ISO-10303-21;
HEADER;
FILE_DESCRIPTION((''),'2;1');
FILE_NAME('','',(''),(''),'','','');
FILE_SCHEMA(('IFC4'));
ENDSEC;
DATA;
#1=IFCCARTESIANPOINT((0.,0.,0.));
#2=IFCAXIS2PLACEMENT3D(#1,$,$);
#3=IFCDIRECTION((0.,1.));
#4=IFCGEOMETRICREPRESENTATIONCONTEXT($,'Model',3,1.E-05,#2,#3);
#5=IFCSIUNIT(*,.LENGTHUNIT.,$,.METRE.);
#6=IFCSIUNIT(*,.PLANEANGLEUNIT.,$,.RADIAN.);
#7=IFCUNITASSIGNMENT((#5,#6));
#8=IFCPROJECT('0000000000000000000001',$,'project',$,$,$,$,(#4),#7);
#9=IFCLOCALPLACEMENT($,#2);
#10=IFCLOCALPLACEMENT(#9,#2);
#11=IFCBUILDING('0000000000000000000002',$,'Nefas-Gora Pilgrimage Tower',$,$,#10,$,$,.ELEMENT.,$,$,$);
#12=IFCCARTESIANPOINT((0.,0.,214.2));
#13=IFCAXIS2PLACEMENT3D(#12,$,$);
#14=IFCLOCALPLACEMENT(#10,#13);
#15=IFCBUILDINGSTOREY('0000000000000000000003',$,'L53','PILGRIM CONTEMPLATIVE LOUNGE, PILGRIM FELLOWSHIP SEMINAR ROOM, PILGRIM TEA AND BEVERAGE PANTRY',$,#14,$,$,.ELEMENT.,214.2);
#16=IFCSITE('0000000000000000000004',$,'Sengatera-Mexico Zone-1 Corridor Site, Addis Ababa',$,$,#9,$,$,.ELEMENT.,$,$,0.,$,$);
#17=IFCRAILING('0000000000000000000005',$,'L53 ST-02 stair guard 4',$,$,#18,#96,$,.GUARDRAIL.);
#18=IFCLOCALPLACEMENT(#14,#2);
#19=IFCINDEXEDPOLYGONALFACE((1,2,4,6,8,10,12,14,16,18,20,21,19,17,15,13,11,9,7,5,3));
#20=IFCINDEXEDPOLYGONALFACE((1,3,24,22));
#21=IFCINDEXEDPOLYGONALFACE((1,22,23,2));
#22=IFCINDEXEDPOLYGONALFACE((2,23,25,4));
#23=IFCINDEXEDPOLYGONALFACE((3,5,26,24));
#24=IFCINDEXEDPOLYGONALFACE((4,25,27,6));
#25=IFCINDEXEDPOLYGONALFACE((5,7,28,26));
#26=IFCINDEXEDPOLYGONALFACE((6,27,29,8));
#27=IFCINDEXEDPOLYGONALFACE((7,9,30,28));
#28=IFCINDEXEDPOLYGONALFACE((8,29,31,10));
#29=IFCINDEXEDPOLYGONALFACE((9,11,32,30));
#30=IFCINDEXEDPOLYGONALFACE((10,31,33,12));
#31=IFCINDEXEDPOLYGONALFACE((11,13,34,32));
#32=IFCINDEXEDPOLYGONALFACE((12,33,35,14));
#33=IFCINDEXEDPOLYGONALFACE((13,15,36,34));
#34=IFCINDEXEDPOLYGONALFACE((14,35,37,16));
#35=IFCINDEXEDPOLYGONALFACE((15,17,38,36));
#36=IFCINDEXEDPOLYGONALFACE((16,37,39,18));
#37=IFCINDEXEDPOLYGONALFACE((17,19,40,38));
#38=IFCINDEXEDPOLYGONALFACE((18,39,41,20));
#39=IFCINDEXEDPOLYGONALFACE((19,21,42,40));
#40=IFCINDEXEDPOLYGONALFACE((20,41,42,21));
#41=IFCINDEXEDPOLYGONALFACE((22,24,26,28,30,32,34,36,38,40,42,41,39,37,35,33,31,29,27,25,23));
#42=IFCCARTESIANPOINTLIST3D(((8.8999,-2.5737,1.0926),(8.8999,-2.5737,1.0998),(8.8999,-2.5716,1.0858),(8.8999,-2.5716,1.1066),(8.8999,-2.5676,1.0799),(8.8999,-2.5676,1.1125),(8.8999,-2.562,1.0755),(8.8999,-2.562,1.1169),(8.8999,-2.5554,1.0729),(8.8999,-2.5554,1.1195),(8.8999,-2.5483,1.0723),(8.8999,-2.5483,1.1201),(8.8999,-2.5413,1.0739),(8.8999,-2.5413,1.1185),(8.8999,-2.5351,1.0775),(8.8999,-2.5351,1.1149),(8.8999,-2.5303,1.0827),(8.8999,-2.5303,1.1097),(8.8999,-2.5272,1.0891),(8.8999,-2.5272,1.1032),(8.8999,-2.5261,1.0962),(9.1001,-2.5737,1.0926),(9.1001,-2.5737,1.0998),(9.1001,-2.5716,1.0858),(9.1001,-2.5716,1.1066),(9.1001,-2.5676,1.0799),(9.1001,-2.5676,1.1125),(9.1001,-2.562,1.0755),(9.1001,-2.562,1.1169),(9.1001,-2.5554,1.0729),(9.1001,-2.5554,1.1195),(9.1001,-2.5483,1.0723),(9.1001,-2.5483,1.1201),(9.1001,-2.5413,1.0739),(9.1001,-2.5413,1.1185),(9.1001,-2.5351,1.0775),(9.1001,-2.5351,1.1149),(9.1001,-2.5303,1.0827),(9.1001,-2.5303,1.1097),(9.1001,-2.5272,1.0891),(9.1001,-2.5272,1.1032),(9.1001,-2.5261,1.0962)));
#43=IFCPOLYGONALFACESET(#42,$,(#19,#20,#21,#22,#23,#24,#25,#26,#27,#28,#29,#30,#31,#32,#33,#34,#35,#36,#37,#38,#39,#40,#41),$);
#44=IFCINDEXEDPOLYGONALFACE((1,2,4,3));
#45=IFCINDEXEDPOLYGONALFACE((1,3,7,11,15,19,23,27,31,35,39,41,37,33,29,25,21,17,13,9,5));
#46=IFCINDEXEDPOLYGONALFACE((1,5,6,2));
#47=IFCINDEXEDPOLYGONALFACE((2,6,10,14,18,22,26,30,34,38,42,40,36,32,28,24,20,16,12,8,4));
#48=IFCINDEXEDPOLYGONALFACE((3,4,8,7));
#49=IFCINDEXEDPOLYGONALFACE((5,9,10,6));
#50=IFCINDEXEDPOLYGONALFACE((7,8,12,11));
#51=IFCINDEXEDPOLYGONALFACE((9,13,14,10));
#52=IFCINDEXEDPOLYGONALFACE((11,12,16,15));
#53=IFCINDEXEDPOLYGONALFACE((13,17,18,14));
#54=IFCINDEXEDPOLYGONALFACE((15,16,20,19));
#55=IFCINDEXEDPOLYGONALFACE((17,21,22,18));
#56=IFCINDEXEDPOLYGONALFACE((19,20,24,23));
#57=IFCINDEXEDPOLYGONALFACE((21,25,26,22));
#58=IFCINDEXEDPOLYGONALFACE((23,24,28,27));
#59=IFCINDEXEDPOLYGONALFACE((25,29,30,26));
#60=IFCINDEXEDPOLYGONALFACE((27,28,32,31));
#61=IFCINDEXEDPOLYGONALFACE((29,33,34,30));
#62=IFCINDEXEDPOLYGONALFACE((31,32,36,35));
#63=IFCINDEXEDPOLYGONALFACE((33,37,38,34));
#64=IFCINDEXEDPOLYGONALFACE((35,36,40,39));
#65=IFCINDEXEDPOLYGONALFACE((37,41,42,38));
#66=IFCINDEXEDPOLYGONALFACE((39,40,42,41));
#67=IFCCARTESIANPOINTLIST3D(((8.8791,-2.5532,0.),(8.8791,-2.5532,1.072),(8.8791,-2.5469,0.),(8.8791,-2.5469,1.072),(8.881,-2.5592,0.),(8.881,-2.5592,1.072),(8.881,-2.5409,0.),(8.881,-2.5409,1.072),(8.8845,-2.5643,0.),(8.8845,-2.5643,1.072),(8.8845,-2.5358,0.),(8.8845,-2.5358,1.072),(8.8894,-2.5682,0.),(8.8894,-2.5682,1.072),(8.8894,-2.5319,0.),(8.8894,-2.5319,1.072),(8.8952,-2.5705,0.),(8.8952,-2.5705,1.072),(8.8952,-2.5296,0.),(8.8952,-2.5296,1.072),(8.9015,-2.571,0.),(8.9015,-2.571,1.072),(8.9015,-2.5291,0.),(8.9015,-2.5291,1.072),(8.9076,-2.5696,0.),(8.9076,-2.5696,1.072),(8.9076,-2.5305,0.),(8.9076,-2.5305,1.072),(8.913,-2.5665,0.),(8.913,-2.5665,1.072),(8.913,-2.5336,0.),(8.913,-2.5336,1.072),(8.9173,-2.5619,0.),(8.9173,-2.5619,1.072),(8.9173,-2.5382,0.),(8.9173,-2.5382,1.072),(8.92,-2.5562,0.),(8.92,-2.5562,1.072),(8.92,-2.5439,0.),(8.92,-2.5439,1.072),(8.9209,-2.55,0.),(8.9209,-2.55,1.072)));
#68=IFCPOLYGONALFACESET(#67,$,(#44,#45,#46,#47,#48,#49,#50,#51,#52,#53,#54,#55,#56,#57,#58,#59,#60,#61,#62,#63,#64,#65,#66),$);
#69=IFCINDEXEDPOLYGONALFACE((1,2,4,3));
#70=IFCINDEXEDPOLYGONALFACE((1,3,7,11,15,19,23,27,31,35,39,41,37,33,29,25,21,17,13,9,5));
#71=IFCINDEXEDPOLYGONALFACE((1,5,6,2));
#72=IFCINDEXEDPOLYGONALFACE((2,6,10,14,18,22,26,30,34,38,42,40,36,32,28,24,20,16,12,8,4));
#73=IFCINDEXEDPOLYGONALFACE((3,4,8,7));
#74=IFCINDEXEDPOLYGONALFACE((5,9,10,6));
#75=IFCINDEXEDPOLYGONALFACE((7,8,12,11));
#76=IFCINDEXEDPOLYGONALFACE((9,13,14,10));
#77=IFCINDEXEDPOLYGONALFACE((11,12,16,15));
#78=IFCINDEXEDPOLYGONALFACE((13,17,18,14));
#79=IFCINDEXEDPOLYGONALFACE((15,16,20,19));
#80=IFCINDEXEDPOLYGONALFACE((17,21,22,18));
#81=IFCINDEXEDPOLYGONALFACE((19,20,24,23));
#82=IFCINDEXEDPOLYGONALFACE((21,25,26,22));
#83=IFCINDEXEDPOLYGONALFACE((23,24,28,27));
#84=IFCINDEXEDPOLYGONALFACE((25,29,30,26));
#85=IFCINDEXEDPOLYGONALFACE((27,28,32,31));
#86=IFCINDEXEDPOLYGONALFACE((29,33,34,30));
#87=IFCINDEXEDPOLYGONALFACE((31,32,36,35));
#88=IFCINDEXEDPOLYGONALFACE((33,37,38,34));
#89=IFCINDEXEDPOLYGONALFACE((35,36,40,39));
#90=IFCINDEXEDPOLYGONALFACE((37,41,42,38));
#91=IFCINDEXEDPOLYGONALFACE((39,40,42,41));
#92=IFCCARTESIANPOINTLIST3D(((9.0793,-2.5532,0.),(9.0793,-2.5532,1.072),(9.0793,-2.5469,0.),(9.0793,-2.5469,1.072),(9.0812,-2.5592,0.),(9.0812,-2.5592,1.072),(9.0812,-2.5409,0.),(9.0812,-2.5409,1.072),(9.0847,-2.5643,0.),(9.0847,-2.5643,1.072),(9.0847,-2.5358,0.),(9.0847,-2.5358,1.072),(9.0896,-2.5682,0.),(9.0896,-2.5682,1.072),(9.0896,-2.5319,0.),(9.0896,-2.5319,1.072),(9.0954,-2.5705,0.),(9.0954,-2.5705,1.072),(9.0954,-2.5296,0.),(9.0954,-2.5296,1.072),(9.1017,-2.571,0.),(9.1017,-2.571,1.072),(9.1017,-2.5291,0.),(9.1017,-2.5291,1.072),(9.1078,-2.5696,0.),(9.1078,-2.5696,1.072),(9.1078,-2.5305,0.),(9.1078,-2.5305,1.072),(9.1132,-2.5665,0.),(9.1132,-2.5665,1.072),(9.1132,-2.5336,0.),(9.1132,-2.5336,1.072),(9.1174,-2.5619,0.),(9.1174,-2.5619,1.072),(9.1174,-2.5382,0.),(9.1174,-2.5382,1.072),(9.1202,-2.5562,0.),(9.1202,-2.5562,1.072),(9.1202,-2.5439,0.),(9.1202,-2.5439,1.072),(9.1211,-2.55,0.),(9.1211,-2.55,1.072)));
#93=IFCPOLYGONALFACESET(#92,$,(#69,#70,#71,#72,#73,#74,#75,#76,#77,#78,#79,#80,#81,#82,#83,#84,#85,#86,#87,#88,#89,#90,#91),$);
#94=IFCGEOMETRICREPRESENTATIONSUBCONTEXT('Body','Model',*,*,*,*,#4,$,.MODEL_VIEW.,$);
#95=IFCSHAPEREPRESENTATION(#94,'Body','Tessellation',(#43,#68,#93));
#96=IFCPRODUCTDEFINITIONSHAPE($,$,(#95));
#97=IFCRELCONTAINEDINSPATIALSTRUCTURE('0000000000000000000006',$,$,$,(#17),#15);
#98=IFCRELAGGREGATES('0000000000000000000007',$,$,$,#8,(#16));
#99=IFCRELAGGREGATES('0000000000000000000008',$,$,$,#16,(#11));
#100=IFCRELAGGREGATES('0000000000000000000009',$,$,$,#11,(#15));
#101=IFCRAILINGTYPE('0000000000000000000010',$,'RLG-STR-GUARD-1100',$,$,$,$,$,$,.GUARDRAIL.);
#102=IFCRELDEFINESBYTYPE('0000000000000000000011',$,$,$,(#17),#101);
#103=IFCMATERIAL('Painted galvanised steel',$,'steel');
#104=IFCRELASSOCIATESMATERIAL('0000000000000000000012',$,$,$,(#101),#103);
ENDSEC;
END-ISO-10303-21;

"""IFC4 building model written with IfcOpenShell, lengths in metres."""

from ifc_helpers import new_model, si_unit, direction, frame, origin, origin_2d, place, context, subcontext, project, spatial, circle, extrude, material, type_object, element, save


model = new_model("IFC4")

# Units and contexts
model_context = context("Model", 3, precision=1e-05, world=origin(), true_north=direction((0.0, 1.0)))
body_context = subcontext(model_context, "Body", "Model", "MODEL_VIEW")
ifc_project = project(units=[si_unit("LENGTHUNIT", "METRE"), si_unit("PLANEANGLEUNIT", "RADIAN")], contexts=[model_context])

# Site, building, storey
site_placement = place(None, origin())
site = spatial("IfcSite", under=ifc_project, at=site_placement, Name="Sengatera-Mexico Zone-1 Corridor Site, Addis Ababa", CompositionType="ELEMENT", RefElevation=0.0)
building_placement = place(site_placement, origin())
building = spatial("IfcBuilding", under=site, at=building_placement, Name="Nefas-Gora Pilgrimage Tower", CompositionType="ELEMENT")
storey_placement = place(building_placement, frame((0.0, 0.0, 214.2)))
storey = spatial("IfcBuildingStorey", under=building, at=storey_placement, Name="L53", Description="PILGRIM CONTEMPLATIVE LOUNGE, PILGRIM FELLOWSHIP SEMINAR ROOM, PILGRIM TEA AND BEVERAGE PANTRY", CompositionType="ELEMENT", Elevation=214.2)

# Railing
ifc_material_1 = material(Name="Painted galvanised steel", Category="steel")
railing_type_1 = type_object("IfcRailingType", Name="RLG-STR-GUARD-1100", PredefinedType="GUARDRAIL", material=ifc_material_1)
railing_1_placement = place(storey_placement, frame((8.8999, -2.55, 0.0)))
element("IfcRailing", 1, at=railing_1_placement, inside=storey, type_object=railing_type_1, Name="L53 ST-02 stair guard 4", PredefinedType="GUARDRAIL", context=body_context, shape_type="SweptSolid", body=[
    extrude(circle(Radius=0.0239, at=origin_2d()), frame((0.0, 0.0, 1.0962), z_axis=(1.0, 0.0, 0.0), x_axis=(0.0, 1.0, 0.0)), (0.0, 0.0, 1.0), 0.2002),
    extrude(circle(Radius=0.021, at=origin_2d()), origin(), (0.0, 0.0, 1.0), 1.072),
    extrude(circle(Radius=0.021, at=origin_2d()), frame((0.2002, 0.0, 0.0)), (0.0, 0.0, 1.0), 1.072),
])

save(model, "model.ifc")
